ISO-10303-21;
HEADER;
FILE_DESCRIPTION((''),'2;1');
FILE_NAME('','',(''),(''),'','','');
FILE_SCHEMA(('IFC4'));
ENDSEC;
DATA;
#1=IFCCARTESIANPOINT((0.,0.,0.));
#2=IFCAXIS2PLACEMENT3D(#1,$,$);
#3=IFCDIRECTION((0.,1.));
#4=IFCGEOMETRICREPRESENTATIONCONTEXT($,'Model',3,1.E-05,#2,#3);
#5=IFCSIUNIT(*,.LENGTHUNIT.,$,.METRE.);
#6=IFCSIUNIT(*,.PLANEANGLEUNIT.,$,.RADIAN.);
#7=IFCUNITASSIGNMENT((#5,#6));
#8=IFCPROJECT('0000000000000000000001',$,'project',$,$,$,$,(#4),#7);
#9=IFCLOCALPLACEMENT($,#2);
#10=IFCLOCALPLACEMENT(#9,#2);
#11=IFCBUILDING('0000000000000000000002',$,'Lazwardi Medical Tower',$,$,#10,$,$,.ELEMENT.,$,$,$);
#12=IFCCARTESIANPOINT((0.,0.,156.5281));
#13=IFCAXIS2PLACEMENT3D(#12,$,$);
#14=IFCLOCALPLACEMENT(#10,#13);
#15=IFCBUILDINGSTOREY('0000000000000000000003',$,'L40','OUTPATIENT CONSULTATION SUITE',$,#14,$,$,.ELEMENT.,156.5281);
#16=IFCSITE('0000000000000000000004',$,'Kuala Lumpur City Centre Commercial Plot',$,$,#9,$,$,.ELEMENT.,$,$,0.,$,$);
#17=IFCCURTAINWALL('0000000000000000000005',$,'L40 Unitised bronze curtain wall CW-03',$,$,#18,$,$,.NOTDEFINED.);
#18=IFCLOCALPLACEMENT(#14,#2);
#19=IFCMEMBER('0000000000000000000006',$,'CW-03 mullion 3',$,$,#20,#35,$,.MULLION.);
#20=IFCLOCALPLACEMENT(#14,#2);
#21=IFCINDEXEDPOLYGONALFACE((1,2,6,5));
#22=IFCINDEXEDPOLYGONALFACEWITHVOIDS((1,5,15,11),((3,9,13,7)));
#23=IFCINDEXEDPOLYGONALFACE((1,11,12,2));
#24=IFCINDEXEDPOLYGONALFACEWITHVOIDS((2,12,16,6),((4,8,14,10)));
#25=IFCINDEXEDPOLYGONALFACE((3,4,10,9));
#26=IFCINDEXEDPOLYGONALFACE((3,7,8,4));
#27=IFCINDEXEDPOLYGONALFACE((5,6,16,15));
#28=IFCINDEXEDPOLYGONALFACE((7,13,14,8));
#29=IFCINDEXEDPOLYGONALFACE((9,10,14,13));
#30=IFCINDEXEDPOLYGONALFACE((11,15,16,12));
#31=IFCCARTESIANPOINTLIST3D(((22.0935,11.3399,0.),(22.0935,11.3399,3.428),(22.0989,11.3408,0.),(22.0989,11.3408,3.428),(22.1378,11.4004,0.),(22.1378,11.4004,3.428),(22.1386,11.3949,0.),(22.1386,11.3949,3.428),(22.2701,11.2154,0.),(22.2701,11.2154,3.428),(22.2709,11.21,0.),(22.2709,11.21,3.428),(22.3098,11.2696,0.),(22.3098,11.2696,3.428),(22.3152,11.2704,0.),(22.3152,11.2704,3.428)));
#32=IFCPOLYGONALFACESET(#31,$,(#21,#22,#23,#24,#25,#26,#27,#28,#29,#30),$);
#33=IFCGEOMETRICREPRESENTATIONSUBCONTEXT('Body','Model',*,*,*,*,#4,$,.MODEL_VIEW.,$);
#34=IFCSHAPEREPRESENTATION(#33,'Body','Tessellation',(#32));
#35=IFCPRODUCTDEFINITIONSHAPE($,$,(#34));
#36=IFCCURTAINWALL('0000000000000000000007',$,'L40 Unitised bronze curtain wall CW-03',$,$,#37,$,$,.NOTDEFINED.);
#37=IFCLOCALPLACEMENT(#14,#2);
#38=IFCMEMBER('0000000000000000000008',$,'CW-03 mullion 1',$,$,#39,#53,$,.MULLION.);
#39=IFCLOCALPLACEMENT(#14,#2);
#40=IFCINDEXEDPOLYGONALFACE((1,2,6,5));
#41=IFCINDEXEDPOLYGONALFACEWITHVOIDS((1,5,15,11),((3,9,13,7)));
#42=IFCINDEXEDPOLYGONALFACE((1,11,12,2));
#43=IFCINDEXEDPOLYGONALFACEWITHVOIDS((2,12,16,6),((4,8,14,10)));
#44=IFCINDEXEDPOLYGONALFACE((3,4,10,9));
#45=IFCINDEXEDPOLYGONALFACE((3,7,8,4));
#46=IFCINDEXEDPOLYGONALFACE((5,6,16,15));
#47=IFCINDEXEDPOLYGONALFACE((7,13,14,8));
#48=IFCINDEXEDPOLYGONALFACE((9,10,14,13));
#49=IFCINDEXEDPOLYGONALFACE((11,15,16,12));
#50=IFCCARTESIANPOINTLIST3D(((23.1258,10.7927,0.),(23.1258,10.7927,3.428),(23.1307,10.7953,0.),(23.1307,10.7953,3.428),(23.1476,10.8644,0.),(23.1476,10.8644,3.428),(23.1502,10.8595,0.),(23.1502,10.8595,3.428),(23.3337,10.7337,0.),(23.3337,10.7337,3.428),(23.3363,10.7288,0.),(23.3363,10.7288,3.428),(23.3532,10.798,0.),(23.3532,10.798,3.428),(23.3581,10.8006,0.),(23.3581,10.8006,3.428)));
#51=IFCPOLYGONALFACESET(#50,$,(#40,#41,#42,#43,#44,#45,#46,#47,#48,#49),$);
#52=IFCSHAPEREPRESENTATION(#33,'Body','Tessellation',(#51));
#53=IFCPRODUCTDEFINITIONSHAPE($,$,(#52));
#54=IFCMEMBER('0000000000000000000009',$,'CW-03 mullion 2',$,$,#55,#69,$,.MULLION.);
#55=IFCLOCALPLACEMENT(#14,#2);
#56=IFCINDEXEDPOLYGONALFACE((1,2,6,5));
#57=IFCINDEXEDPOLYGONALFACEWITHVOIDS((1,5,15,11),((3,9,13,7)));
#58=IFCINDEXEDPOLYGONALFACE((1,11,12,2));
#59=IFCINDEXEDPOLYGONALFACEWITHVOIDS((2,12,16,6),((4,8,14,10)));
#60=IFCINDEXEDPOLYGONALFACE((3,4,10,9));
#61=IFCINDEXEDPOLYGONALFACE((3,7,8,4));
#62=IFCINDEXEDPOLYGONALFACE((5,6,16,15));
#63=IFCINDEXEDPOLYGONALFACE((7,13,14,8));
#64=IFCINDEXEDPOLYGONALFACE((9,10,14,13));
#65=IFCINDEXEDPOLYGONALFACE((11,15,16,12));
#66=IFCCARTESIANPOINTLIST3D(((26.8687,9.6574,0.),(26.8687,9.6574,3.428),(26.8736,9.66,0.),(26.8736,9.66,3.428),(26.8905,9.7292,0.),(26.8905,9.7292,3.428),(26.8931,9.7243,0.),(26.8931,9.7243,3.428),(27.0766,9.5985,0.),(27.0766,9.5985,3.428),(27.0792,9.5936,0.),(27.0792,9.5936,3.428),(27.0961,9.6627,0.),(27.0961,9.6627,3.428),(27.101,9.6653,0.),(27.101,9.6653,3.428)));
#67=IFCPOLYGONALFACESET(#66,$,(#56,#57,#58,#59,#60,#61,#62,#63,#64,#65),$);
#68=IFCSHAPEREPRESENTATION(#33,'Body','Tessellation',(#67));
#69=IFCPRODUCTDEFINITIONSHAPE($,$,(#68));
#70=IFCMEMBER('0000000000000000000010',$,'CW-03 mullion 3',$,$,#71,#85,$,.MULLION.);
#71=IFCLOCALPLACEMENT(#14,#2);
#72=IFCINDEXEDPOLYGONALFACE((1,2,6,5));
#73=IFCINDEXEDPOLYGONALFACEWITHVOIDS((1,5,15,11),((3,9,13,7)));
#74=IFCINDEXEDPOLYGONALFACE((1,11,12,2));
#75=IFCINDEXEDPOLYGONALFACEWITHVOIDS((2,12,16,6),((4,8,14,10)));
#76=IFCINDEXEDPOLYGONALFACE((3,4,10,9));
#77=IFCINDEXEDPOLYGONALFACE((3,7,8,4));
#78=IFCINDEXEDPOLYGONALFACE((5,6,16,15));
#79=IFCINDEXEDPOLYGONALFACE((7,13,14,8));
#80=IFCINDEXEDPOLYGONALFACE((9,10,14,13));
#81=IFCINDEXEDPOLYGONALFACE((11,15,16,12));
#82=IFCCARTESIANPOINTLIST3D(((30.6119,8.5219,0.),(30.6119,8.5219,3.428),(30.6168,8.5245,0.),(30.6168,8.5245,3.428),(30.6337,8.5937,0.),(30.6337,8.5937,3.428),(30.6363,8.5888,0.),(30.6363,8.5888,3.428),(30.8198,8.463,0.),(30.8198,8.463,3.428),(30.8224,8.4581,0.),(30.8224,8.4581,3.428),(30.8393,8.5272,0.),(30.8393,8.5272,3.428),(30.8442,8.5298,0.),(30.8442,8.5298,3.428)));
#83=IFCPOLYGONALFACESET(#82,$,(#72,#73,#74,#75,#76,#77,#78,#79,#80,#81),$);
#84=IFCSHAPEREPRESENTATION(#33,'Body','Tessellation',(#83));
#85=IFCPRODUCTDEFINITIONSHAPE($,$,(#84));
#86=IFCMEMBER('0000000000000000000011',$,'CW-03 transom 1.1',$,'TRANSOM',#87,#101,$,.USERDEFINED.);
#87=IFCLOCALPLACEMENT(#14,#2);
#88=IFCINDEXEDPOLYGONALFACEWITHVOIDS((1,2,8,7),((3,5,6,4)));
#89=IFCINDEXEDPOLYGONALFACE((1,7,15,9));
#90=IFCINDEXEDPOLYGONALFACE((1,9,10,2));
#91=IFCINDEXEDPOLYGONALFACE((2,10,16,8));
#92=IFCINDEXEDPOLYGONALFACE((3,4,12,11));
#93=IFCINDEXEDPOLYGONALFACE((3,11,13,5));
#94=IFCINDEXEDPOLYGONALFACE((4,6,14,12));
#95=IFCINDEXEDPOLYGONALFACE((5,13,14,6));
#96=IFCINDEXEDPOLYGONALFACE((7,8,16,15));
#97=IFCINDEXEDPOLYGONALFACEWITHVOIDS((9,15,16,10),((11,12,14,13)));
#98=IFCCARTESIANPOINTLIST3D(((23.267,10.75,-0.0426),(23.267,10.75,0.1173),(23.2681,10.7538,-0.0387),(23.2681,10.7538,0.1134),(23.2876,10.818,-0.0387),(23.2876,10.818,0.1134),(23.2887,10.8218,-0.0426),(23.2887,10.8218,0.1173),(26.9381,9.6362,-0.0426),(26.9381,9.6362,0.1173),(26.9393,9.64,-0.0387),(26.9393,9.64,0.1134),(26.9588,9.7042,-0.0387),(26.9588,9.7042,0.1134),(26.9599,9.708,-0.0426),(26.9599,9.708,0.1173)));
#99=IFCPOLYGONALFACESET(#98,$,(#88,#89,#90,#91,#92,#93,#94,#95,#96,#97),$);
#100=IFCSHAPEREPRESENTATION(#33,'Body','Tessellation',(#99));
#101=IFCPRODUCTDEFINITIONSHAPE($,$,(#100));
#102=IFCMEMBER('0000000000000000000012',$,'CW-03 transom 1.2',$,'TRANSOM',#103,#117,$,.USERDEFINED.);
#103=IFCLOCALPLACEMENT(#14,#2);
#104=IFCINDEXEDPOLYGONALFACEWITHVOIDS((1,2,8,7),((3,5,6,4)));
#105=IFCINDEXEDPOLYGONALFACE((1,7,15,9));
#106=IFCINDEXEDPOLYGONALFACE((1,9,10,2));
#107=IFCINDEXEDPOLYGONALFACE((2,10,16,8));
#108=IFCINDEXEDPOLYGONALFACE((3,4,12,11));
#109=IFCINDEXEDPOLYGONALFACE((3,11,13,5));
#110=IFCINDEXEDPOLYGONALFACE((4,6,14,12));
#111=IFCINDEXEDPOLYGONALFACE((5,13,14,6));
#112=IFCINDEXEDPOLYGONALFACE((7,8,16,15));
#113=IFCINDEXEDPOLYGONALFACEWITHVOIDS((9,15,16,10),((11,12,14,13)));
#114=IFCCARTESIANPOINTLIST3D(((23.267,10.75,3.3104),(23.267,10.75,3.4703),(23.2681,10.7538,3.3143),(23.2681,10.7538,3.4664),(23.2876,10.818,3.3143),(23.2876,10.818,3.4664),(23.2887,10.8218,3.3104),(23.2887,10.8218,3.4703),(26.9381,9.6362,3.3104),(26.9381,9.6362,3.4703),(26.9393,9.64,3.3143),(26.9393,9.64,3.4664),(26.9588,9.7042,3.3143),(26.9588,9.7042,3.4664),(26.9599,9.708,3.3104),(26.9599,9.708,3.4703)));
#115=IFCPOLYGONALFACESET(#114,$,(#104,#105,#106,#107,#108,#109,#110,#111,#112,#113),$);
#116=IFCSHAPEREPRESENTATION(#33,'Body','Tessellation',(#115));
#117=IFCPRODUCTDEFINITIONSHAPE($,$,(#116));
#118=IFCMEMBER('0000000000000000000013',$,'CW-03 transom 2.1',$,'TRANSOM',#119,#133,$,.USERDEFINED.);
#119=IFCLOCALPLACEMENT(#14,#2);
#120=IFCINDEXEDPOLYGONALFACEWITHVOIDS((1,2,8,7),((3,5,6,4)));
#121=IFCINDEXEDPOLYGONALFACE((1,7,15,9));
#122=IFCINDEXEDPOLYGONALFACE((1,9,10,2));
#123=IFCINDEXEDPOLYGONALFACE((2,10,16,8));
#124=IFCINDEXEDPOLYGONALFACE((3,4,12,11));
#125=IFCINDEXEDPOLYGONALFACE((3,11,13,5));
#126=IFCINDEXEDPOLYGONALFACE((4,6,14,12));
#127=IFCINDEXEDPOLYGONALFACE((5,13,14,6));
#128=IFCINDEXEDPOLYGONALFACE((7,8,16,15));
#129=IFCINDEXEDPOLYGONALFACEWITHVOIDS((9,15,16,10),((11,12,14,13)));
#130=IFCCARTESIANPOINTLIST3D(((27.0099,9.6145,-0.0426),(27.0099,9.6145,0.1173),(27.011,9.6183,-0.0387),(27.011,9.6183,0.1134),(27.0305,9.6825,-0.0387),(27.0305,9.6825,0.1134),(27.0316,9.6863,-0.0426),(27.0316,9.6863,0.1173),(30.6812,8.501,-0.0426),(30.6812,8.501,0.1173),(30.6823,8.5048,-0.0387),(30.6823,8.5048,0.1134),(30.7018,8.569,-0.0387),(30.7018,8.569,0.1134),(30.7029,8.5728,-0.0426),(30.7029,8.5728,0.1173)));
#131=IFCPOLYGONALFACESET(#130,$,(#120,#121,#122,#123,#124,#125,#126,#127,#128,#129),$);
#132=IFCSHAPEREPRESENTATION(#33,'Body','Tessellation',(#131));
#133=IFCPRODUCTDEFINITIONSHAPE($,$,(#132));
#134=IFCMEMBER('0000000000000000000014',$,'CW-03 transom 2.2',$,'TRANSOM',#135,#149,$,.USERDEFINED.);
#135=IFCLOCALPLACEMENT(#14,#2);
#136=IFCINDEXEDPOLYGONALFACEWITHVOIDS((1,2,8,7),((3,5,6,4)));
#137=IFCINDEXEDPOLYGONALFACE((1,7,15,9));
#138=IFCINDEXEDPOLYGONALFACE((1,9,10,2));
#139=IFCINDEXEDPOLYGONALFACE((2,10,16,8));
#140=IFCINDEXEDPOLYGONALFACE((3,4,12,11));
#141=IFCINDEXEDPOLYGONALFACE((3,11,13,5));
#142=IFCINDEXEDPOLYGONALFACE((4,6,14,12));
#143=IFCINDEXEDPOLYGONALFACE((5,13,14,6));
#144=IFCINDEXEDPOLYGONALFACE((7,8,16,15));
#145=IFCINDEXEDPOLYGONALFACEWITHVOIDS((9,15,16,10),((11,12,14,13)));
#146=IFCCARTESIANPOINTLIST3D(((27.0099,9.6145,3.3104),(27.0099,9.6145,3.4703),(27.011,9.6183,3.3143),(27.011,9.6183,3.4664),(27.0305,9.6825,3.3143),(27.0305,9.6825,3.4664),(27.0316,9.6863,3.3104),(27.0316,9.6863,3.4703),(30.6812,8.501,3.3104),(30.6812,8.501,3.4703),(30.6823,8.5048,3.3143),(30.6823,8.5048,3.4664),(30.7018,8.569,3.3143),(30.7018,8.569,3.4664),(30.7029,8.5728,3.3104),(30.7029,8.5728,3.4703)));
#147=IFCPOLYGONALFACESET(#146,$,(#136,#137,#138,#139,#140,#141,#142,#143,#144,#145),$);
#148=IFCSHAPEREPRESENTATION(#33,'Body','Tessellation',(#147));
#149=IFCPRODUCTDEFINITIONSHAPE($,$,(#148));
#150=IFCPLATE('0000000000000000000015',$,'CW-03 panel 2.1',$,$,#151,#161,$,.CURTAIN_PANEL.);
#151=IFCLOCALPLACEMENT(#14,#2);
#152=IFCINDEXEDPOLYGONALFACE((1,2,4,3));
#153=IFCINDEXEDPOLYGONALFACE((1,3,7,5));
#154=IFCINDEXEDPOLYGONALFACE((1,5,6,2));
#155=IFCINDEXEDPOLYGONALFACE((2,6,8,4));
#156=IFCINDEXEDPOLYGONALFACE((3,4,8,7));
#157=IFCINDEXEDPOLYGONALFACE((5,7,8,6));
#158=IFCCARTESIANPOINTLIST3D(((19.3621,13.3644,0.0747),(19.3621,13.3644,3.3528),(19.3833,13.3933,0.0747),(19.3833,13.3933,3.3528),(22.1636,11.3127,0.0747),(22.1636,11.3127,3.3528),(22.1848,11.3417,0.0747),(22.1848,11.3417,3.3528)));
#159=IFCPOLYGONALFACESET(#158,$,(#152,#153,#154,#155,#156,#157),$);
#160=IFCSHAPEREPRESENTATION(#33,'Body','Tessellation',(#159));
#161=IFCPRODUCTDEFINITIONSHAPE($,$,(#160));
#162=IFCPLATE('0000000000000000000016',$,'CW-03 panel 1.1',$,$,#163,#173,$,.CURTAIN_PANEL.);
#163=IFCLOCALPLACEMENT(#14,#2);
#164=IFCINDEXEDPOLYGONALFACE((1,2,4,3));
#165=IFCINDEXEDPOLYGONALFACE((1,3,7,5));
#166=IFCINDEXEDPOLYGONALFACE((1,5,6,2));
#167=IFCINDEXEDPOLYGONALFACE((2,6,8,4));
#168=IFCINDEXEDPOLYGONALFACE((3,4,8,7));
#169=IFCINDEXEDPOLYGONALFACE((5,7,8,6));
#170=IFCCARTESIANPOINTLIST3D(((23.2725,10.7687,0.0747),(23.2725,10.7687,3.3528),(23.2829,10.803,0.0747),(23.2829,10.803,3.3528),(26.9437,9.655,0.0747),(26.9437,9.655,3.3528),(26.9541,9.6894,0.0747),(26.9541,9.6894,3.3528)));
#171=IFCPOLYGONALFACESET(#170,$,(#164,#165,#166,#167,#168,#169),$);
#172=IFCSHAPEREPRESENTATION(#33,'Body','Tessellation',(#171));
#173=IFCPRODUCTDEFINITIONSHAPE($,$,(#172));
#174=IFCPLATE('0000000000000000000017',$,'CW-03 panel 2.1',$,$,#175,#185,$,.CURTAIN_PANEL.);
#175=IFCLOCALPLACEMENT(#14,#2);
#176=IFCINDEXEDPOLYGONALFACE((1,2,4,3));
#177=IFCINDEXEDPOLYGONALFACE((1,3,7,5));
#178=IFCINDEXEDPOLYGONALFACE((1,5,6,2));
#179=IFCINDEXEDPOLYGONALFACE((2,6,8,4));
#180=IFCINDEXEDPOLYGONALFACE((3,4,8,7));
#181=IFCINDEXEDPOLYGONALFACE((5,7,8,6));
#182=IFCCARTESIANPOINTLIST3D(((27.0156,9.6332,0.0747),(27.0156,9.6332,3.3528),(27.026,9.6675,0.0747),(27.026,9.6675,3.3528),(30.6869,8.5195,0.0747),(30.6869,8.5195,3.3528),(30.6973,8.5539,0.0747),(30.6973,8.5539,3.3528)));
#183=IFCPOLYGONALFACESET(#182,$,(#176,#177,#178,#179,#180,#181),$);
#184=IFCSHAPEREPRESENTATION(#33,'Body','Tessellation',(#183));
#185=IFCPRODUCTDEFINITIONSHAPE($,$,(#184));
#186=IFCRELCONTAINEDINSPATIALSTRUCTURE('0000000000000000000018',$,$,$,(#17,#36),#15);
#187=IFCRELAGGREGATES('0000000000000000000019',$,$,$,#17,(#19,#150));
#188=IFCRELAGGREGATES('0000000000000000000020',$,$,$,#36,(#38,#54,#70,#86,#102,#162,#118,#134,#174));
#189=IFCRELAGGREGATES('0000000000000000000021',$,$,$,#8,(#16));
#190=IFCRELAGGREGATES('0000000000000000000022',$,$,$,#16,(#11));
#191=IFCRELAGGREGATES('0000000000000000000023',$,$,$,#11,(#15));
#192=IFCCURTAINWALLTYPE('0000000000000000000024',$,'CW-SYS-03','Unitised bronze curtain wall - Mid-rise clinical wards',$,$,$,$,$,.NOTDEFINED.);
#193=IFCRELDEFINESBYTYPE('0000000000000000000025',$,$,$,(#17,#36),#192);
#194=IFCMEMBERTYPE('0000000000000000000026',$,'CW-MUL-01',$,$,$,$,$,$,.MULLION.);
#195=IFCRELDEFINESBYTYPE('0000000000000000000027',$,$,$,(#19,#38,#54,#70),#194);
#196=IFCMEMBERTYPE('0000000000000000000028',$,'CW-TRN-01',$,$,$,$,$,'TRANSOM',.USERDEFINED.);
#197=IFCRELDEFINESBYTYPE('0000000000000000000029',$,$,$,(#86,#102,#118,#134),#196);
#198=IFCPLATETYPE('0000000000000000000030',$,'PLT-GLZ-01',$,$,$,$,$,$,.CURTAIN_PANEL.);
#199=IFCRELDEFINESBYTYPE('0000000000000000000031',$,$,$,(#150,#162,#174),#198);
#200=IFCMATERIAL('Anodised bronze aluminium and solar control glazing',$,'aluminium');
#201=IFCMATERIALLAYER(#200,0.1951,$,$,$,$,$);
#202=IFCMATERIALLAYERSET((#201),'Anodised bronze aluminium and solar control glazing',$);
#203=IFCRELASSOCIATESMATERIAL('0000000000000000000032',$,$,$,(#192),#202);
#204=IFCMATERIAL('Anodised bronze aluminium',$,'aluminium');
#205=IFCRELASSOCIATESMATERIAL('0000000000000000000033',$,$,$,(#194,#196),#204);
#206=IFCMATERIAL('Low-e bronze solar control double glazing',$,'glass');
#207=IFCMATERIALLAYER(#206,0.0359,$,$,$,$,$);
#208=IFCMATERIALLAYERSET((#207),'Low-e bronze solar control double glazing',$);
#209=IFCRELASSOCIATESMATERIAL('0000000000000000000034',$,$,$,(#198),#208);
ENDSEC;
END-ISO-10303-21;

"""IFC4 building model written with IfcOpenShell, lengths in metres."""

from ifc_helpers import new_model, si_unit, direction, frame, origin, origin_2d, place, context, subcontext, project, spatial, rectangle, hollow_rectangle, extrude, material, layer, layer_set, material_profile, profile_set, type_object, element, aggregate, save


model = new_model("IFC4")

# Units and contexts
model_context = context("Model", 3, precision=1e-05, world=origin(), true_north=direction((0.0, 1.0)))
body_context = subcontext(model_context, "Body", "Model", "MODEL_VIEW")
ifc_project = project(units=[si_unit("LENGTHUNIT", "METRE"), si_unit("PLANEANGLEUNIT", "RADIAN")], contexts=[model_context])

# Site, building, storey
site_placement = place(None, origin())
site = spatial("IfcSite", under=ifc_project, at=site_placement, Name="Kuala Lumpur City Centre Commercial Plot", CompositionType="ELEMENT", RefElevation=0.0)
building_placement = place(site_placement, origin())
building = spatial("IfcBuilding", under=site, at=building_placement, Name="Lazwardi Medical Tower", CompositionType="ELEMENT")
storey_placement = place(building_placement, frame((0.0, 0.0, 156.5281)))
storey = spatial("IfcBuildingStorey", under=building, at=storey_placement, Name="L40", Description="OUTPATIENT CONSULTATION SUITE", CompositionType="ELEMENT", Elevation=156.5281)

# Curtain wall, member
ifc_material_1 = material(Name="Anodised bronze aluminium and solar control glazing", Category="aluminium")
ifc_layer_1 = layer(ifc_material_1, 0.1951)
ifc_layer_set_1 = layer_set([ifc_layer_1], Name="Anodised bronze aluminium and solar control glazing")
curtain_wall_type = type_object("IfcCurtainWallType", Name="CW-SYS-03", Description="Unitised bronze curtain wall - Mid-rise clinical wards", PredefinedType="NOTDEFINED", material=ifc_layer_set_1)
curtain_wall_1_placement = place(storey_placement, origin())
curtain_wall_1 = element("IfcCurtainWall", 1, at=curtain_wall_1_placement, inside=storey, type_object=curtain_wall_type, Name="L40 Unitised bronze curtain wall CW-03", PredefinedType="NOTDEFINED")
ifc_material_2 = material(Name="Anodised bronze aluminium", Category="aluminium")
ifc_material_profile_1 = material_profile(ifc_material_2, hollow_rectangle(XDim=0.075, YDim=0.22, WallThickness=0.0039, at=origin_2d()), Name="ALU-MULLION 220x75x4")
ifc_profile_set_1 = profile_set([ifc_material_profile_1], Name="Anodised bronze aluminium")
member_type_1 = type_object("IfcMemberType", Name="CW-MUL-01", PredefinedType="MULLION", material=ifc_profile_set_1)
member_1_placement = place(storey_placement, frame((22.2043, 11.3052, 0.0), z_axis=(0.0, 0.0, 1.0), x_axis=(0.590834, 0.806793, 0.0)))
member_1 = element("IfcMember", 2, at=member_1_placement, type_object=member_type_1, Name="CW-03 mullion 3", PredefinedType="MULLION", context=body_context, shape_type="SweptSolid", body=[
    extrude(hollow_rectangle(XDim=0.075, YDim=0.22, WallThickness=0.0039, at=origin_2d()), origin(), (0.0, 0.0, 1.0), 3.428),
])

# Curtain wall, members
curtain_wall_2_placement = place(storey_placement, origin())
curtain_wall_2 = element("IfcCurtainWall", 3, at=curtain_wall_2_placement, inside=storey, type_object=curtain_wall_type, Name="L40 Unitised bronze curtain wall CW-03", PredefinedType="NOTDEFINED")
member_2_placement = place(storey_placement, frame((23.2419, 10.7966, 0.0), z_axis=(0.0, 0.0, 1.0), x_axis=(0.290281, 0.956942, 0.0)))
member_2 = element("IfcMember", 4, at=member_2_placement, type_object=member_type_1, Name="CW-03 mullion 1", PredefinedType="MULLION", context=body_context, shape_type="SweptSolid", body=[
    extrude(hollow_rectangle(XDim=0.075, YDim=0.22, WallThickness=0.0039, at=origin_2d()), origin(), (0.0, 0.0, 1.0), 3.428),
])
member_3_placement = place(storey_placement, frame((26.9849, 9.6614, 0.0), z_axis=(0.0, 0.0, 1.0), x_axis=(0.290281, 0.956942, 0.0)))
member_3 = element("IfcMember", 5, at=member_3_placement, type_object=member_type_1, Name="CW-03 mullion 2", PredefinedType="MULLION", context=body_context, shape_type="SweptSolid", body=[
    extrude(hollow_rectangle(XDim=0.075, YDim=0.22, WallThickness=0.0039, at=origin_2d()), origin(), (0.0, 0.0, 1.0), 3.428),
])
member_4_placement = place(storey_placement, frame((30.728, 8.5259, 0.0), z_axis=(0.0, 0.0, 1.0), x_axis=(0.290281, 0.956942, 0.0)))
member_4 = element("IfcMember", 6, at=member_4_placement, type_object=member_type_1, Name="CW-03 mullion 3", PredefinedType="MULLION", context=body_context, shape_type="SweptSolid", body=[
    extrude(hollow_rectangle(XDim=0.075, YDim=0.22, WallThickness=0.0039, at=origin_2d()), origin(), (0.0, 0.0, 1.0), 3.428),
])
ifc_material_profile_2 = material_profile(ifc_material_2, hollow_rectangle(XDim=0.075, YDim=0.1599, WallThickness=0.0039, at=origin_2d()), Name="ALU-TRANSOM 160x75x4")
ifc_profile_set_2 = profile_set([ifc_material_profile_2], Name="Anodised bronze aluminium")
member_type_2 = type_object("IfcMemberType", Name="CW-TRN-01", ElementType="TRANSOM", PredefinedType="USERDEFINED", material=ifc_profile_set_2)
member_5_placement = place(storey_placement, frame((23.2778, 10.7859, 0.0374), z_axis=(0.95693, -0.290318, 0.0), x_axis=(0.290318, 0.95693, 0.0)))
member_5 = element("IfcMember", 7, at=member_5_placement, type_object=member_type_2, Name="CW-03 transom 1.1", ObjectType="TRANSOM", PredefinedType="USERDEFINED", context=body_context, shape_type="SweptSolid", body=[
    extrude(hollow_rectangle(XDim=0.075, YDim=0.1599, WallThickness=0.0039, at=origin_2d()), origin(), (0.0, 0.0, 1.0), 3.8364),
])
member_6_placement = place(storey_placement, frame((23.2778, 10.7859, 3.3904), z_axis=(0.95693, -0.290318, 0.0), x_axis=(0.290318, 0.95693, 0.0)))
member_6 = element("IfcMember", 8, at=member_6_placement, type_object=member_type_2, Name="CW-03 transom 1.2", ObjectType="TRANSOM", PredefinedType="USERDEFINED", context=body_context, shape_type="SweptSolid", body=[
    extrude(hollow_rectangle(XDim=0.075, YDim=0.1599, WallThickness=0.0039, at=origin_2d()), origin(), (0.0, 0.0, 1.0), 3.8364),
])
member_7_placement = place(storey_placement, frame((27.0208, 9.6504, 0.0374), z_axis=(0.956953, -0.290242, 0.0), x_axis=(0.290242, 0.956953, 0.0)))
member_7 = element("IfcMember", 9, at=member_7_placement, type_object=member_type_2, Name="CW-03 transom 2.1", ObjectType="TRANSOM", PredefinedType="USERDEFINED", context=body_context, shape_type="SweptSolid", body=[
    extrude(hollow_rectangle(XDim=0.075, YDim=0.1599, WallThickness=0.0039, at=origin_2d()), origin(), (0.0, 0.0, 1.0), 3.8364),
])
member_8_placement = place(storey_placement, frame((27.0208, 9.6504, 3.3904), z_axis=(0.956953, -0.290242, 0.0), x_axis=(0.290242, 0.956953, 0.0)))
member_8 = element("IfcMember", 10, at=member_8_placement, type_object=member_type_2, Name="CW-03 transom 2.2", ObjectType="TRANSOM", PredefinedType="USERDEFINED", context=body_context, shape_type="SweptSolid", body=[
    extrude(hollow_rectangle(XDim=0.075, YDim=0.1599, WallThickness=0.0039, at=origin_2d()), origin(), (0.0, 0.0, 1.0), 3.8364),
])

# Plates
ifc_material_3 = material(Name="Low-e bronze solar control double glazing", Category="glass")
ifc_layer_2 = layer(ifc_material_3, 0.0359)
ifc_layer_set_2 = layer_set([ifc_layer_2], Name="Low-e bronze solar control double glazing")
plate_type = type_object("IfcPlateType", Name="PLT-GLZ-01", PredefinedType="CURTAIN_PANEL", material=ifc_layer_set_2)
plate_1_placement = place(storey_placement, frame((20.7734, 12.353, 0.0747), z_axis=(0.0, 0.0, 1.0), x_axis=(0.806793, -0.590834, 0.0)))
plate_1 = element("IfcPlate", 11, at=plate_1_placement, type_object=plate_type, Name="CW-03 panel 2.1", PredefinedType="CURTAIN_PANEL", context=body_context, shape_type="SweptSolid", body=[
    extrude(rectangle(XDim=3.4724, YDim=0.0359, at=origin_2d()), origin(), (0.0, 0.0, 1.0), 3.2781),
])
aggregate(curtain_wall_1, [member_1, plate_1])
plate_2_placement = place(storey_placement, frame((25.1133, 10.229, 0.0747), z_axis=(0.0, 0.0, 1.0), x_axis=(0.956942, -0.290281, 0.0)))
plate_2 = element("IfcPlate", 12, at=plate_2_placement, type_object=plate_type, Name="CW-03 panel 1.1", PredefinedType="CURTAIN_PANEL", context=body_context, shape_type="SweptSolid", body=[
    extrude(rectangle(XDim=3.8364, YDim=0.0359, at=origin_2d()), origin(), (0.0, 0.0, 1.0), 3.2781),
])
plate_3_placement = place(storey_placement, frame((28.8564, 9.0935, 0.0747), z_axis=(0.0, 0.0, 1.0), x_axis=(0.956942, -0.290281, 0.0)))
plate_3 = element("IfcPlate", 13, at=plate_3_placement, type_object=plate_type, Name="CW-03 panel 2.1", PredefinedType="CURTAIN_PANEL", context=body_context, shape_type="SweptSolid", body=[
    extrude(rectangle(XDim=3.8364, YDim=0.0359, at=origin_2d()), origin(), (0.0, 0.0, 1.0), 3.2781),
])
aggregate(curtain_wall_2, [member_2, member_3, member_4, member_5, member_6, plate_2, member_7, member_8, plate_3])

save(model, "model.ifc")
